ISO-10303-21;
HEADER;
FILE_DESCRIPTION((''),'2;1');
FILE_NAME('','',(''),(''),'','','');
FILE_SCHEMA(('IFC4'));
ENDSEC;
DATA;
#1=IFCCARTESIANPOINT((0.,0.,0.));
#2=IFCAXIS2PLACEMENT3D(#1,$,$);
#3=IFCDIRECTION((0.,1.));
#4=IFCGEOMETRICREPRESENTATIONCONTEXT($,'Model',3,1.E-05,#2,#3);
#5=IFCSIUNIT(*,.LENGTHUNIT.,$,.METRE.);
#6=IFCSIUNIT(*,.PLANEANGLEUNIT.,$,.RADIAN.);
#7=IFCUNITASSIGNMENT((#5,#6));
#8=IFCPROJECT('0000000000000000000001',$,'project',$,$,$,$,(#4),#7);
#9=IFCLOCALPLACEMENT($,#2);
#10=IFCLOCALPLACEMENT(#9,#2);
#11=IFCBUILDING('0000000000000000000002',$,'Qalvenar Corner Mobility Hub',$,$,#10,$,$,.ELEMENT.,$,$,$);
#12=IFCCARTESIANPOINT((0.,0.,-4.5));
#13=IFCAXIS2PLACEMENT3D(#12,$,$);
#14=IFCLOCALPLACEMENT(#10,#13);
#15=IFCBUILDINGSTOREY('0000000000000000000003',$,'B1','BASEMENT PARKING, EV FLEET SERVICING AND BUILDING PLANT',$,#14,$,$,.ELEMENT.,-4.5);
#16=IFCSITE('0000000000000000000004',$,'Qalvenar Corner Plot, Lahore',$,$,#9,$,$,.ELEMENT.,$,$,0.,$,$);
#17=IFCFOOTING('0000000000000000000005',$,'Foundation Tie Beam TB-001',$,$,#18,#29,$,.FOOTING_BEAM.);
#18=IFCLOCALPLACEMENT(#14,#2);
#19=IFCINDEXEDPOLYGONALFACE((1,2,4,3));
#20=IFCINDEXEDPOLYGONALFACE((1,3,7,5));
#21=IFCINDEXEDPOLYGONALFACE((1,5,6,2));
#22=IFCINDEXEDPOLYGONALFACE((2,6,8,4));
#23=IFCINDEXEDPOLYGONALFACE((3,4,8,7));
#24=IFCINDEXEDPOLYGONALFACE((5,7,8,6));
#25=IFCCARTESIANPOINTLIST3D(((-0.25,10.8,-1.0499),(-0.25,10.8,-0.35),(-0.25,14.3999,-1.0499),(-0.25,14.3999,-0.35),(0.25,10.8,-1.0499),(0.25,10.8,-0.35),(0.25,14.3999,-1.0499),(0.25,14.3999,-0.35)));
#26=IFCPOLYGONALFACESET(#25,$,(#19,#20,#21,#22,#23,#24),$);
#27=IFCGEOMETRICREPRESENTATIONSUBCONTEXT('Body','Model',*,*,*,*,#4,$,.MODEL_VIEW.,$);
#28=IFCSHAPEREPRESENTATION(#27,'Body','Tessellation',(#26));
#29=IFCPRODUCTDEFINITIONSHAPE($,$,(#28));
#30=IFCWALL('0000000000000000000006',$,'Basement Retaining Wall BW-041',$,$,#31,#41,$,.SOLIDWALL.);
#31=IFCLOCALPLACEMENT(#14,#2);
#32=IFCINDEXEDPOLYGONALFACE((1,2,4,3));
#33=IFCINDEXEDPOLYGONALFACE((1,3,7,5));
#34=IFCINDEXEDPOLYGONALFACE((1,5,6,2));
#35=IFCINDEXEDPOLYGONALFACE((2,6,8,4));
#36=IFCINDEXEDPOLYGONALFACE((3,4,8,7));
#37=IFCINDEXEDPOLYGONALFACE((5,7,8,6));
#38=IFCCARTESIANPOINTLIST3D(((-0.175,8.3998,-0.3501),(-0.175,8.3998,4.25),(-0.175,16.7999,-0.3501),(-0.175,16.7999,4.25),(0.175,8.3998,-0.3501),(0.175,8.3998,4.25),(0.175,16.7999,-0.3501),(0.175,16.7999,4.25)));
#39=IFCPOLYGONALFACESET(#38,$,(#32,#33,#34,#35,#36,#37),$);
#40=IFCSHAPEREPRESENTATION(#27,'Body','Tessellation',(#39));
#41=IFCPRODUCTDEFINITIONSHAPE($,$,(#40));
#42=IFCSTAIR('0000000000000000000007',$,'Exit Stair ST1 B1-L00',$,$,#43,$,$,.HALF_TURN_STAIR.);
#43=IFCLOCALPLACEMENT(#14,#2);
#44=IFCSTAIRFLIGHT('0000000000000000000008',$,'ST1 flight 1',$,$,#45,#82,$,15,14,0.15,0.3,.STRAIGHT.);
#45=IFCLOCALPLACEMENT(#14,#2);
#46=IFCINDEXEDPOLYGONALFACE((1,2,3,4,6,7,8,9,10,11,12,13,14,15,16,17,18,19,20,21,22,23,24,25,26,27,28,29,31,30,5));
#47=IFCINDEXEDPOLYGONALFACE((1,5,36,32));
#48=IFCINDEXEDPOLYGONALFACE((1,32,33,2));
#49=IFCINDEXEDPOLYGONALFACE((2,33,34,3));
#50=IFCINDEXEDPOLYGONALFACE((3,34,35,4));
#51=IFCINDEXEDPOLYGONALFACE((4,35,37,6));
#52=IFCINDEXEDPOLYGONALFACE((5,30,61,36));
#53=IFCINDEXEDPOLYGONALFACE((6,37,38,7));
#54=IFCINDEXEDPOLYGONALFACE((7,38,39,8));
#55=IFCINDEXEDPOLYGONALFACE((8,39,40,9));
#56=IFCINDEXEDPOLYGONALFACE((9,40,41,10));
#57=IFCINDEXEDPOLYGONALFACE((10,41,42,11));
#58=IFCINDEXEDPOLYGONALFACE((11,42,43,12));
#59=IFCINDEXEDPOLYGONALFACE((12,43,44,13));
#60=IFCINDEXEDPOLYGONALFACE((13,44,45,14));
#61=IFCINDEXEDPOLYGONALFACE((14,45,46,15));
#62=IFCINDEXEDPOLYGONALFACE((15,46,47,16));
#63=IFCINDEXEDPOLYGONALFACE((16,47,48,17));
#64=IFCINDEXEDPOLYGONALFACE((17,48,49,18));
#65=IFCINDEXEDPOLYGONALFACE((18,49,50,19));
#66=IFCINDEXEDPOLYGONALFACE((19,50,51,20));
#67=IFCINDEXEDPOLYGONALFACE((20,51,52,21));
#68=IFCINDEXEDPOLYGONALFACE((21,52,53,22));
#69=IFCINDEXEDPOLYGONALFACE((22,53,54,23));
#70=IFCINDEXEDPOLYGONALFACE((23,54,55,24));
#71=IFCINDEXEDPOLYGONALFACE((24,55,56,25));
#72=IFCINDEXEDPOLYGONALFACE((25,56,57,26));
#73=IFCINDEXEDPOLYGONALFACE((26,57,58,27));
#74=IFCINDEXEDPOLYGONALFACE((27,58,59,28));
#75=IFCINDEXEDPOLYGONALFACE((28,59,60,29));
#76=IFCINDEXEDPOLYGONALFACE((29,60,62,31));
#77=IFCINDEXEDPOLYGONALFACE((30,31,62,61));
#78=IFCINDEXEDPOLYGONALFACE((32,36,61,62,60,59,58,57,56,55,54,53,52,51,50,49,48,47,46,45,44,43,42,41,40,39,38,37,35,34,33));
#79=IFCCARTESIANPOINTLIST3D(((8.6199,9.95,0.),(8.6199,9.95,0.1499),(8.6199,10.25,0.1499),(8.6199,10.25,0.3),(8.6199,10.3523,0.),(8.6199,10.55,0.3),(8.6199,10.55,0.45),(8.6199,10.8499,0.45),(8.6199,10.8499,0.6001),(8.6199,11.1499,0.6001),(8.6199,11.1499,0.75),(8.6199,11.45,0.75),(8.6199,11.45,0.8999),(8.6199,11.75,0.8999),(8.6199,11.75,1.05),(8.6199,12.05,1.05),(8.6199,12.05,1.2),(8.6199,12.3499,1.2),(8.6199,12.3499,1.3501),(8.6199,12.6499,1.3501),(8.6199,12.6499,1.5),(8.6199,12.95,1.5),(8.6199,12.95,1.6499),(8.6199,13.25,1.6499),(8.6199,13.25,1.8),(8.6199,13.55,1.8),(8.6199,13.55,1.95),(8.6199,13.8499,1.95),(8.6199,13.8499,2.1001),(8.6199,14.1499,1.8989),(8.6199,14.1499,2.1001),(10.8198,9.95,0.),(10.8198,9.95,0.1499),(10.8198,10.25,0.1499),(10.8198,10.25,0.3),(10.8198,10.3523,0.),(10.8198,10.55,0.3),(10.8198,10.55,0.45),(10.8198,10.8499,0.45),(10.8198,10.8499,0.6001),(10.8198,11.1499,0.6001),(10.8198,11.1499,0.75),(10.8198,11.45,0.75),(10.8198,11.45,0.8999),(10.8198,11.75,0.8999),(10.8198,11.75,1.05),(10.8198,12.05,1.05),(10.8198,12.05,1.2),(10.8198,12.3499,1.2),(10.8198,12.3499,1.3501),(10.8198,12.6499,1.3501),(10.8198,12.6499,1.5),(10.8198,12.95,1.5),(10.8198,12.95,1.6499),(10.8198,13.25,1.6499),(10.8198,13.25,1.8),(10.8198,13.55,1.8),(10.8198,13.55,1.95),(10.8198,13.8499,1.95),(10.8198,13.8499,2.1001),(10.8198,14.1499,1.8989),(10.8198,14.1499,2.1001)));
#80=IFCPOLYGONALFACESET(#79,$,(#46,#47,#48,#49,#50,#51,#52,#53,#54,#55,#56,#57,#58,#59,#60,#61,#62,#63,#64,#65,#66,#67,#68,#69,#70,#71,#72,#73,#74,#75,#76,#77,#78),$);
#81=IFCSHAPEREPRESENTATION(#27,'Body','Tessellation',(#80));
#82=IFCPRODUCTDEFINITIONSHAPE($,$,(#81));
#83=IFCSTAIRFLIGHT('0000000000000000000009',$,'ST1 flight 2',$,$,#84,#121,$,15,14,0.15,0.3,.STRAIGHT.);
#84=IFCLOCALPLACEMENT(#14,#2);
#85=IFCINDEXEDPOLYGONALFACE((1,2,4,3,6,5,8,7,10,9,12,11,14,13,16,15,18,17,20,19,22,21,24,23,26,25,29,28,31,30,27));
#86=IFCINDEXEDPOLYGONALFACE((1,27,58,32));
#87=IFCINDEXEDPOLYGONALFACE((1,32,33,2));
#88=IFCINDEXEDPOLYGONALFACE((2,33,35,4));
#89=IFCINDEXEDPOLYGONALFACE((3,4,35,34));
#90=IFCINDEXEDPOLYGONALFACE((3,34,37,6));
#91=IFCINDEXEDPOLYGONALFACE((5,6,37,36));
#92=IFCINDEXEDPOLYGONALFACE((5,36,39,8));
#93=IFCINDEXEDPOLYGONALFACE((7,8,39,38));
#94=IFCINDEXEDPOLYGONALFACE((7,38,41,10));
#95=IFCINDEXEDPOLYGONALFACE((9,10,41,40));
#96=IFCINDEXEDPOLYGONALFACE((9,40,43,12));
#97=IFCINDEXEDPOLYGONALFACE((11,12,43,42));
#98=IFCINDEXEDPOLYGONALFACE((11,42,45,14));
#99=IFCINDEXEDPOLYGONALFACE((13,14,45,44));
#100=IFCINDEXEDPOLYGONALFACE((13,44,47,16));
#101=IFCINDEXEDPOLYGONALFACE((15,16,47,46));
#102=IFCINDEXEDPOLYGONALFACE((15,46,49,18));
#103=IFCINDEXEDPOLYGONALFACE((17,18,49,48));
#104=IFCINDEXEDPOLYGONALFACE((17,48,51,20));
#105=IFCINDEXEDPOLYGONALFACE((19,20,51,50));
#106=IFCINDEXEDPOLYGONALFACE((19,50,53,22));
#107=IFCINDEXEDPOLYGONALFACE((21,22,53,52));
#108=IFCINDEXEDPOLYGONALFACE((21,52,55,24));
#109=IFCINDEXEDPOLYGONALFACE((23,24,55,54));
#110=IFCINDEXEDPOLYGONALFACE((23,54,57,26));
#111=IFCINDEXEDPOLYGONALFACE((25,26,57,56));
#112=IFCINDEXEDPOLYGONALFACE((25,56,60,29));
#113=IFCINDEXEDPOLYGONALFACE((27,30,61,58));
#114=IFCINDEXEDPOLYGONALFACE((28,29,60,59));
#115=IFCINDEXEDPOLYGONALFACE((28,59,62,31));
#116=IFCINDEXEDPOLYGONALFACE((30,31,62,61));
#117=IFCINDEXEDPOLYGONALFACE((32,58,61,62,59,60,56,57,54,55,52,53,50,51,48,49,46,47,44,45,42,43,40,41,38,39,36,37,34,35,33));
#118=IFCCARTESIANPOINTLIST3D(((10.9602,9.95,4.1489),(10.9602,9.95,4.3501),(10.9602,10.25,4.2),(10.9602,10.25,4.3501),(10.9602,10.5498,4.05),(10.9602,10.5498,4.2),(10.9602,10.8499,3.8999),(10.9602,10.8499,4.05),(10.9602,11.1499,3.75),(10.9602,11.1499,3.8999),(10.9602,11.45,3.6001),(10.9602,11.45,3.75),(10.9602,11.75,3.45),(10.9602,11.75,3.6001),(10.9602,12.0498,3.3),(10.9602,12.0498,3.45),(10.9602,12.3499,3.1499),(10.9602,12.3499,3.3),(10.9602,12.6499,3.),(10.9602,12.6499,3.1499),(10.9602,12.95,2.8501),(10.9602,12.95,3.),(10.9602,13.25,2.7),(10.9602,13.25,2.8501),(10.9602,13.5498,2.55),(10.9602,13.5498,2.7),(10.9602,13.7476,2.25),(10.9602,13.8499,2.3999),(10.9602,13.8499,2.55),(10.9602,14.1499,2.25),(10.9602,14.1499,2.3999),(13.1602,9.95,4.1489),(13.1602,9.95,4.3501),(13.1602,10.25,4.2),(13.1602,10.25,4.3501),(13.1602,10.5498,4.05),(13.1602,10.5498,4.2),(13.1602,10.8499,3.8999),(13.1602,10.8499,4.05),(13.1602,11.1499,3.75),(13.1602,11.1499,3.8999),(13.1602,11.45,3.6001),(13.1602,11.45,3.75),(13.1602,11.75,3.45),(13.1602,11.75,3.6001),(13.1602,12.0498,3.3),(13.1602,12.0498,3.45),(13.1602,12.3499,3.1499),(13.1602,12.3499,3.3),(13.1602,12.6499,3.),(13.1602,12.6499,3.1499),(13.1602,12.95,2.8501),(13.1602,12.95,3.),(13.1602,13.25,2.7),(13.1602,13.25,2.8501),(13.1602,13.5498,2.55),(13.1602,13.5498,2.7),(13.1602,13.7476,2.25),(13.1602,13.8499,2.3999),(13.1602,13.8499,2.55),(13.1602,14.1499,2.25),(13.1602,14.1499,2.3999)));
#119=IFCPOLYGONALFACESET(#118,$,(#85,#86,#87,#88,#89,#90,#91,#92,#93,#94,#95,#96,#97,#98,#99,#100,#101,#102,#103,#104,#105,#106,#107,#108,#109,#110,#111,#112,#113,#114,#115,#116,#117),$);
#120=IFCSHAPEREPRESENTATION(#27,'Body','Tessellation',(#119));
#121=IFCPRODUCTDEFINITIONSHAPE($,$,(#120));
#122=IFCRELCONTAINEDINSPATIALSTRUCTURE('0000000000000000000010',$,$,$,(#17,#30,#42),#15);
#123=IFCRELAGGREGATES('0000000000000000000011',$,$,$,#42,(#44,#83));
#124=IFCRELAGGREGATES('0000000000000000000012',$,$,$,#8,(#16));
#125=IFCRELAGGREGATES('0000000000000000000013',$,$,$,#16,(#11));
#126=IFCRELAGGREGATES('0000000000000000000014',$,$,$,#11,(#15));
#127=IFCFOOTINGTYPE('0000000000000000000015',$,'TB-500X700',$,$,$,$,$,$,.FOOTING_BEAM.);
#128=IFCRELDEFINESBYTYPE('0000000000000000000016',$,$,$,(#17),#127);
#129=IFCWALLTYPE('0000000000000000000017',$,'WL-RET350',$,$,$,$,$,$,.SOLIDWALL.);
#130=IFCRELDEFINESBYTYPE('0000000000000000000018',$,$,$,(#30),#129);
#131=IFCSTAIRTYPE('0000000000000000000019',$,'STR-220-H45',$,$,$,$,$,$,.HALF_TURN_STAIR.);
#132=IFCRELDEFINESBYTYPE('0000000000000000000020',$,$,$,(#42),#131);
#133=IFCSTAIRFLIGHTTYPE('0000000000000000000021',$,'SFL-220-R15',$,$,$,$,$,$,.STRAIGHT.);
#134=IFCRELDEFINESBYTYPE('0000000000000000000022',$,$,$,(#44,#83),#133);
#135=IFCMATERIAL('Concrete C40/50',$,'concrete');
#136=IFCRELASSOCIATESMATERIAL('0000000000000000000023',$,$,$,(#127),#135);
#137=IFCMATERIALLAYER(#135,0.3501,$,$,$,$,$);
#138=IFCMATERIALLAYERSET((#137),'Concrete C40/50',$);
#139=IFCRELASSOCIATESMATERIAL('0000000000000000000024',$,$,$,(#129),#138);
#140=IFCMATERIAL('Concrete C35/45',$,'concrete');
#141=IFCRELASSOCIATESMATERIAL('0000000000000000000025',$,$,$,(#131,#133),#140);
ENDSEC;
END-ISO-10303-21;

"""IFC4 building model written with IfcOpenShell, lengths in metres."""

from ifc_helpers import new_model, si_unit, direction, frame, frame_2d, origin, origin_2d, place, context, subcontext, project, spatial, polyline, rectangle, outline, extrude, material, layer, layer_set, material_profile, profile_set, type_object, element, aggregate, save


model = new_model("IFC4")

# Units and contexts
model_context = context("Model", 3, precision=1e-05, world=origin(), true_north=direction((0.0, 1.0)))
body_context = subcontext(model_context, "Body", "Model", "MODEL_VIEW")
ifc_project = project(units=[si_unit("LENGTHUNIT", "METRE"), si_unit("PLANEANGLEUNIT", "RADIAN")], contexts=[model_context])

# Site, building, storey
site_placement = place(None, origin())
site = spatial("IfcSite", under=ifc_project, at=site_placement, Name="Qalvenar Corner Plot, Lahore", CompositionType="ELEMENT", RefElevation=0.0)
building_placement = place(site_placement, origin())
building = spatial("IfcBuilding", under=site, at=building_placement, Name="Qalvenar Corner Mobility Hub", CompositionType="ELEMENT")
storey_placement = place(building_placement, frame((0.0, 0.0, -4.5)))
storey = spatial("IfcBuildingStorey", under=building, at=storey_placement, Name="B1", Description="BASEMENT PARKING, EV FLEET SERVICING AND BUILDING PLANT", CompositionType="ELEMENT", Elevation=-4.5)

# Shared definitions
ifc_material_1 = material(Name="Concrete C40/50", Category="concrete")

# Footing
ifc_material_profile_1 = material_profile(ifc_material_1, rectangle(XDim=0.5, YDim=0.7, at=origin_2d()), Name="RC500x700")
ifc_profile_set_1 = profile_set([ifc_material_profile_1], Name="Concrete C40/50")
footing_type_1 = type_object("IfcFootingType", Name="TB-500X700", PredefinedType="FOOTING_BEAM", material=ifc_profile_set_1)
footing_1_placement = place(storey_placement, frame((0.0, 10.8, -0.7), z_axis=(0.0, 1.0, 0.0), x_axis=(-1.0, 0.0, 0.0)))
element("IfcFooting", 1, at=footing_1_placement, inside=storey, type_object=footing_type_1, Name="Foundation Tie Beam TB-001", PredefinedType="FOOTING_BEAM", context=body_context, shape_type="SweptSolid", body=[
    extrude(rectangle(XDim=0.5, YDim=0.7, at=origin_2d()), origin(), (0.0, 0.0, 1.0), 3.5999),
])

# Wall
ifc_layer = layer(ifc_material_1, 0.3501)
ifc_layer_set = layer_set([ifc_layer], Name="Concrete C40/50")
wall_type = type_object("IfcWallType", Name="WL-RET350", PredefinedType="SOLIDWALL", material=ifc_layer_set)
wall_placement = place(storey_placement, frame((0.0, 16.8, -0.3501), z_axis=(0.0, 0.0, 1.0), x_axis=(0.0, -1.0, 0.0)))
element("IfcWall", 2, at=wall_placement, inside=storey, type_object=wall_type, Name="Basement Retaining Wall BW-041", PredefinedType="SOLIDWALL", context=body_context, shape_type="SweptSolid", body=[
    extrude(rectangle(XDim=8.4001, YDim=0.3501, at=frame_2d((4.2002, 0.0))), origin(), (0.0, 0.0, 1.0), 4.6001),
])

# Stair, stair flights
ifc_material_2 = material(Name="Concrete C35/45", Category="concrete")
stair_type = type_object("IfcStairType", Name="STR-220-H45", PredefinedType="HALF_TURN_STAIR", material=ifc_material_2)
stair_placement = place(storey_placement, origin())
stair = element("IfcStair", 3, at=stair_placement, inside=storey, type_object=stair_type, Name="Exit Stair ST1 B1-L00", PredefinedType="HALF_TURN_STAIR")
stair_flight_type = type_object("IfcStairFlightType", Name="SFL-220-R15", PredefinedType="STRAIGHT", material=ifc_material_2)
stair_flight_1_placement = place(storey_placement, frame((9.72, 9.95, 0.0), z_axis=(0.0, 0.0, 1.0), x_axis=(0.0, 1.0, 0.0)))
stair_flight_1 = element("IfcStairFlight", 4, at=stair_flight_1_placement, type_object=stair_flight_type, Name="ST1 flight 1", NumberOfRisers=15, NumberOfTreads=14, PredefinedType="STRAIGHT", RiserHeight=0.15, TreadLength=0.3, context=body_context, shape_type="SweptSolid", body=[
    extrude(outline(polyline([(0.0, 0.0), (0.0, 0.1499), (0.3, 0.1499), (0.3, 0.3), (0.6001, 0.3), (0.6001, 0.45), (0.8999, 0.45), (0.8999, 0.6001), (1.2, 0.6001), (1.2, 0.75), (1.5, 0.75), (1.5, 0.8999), (1.8, 0.8999), (1.8, 1.05), (2.1001, 1.05), (2.1001, 1.2), (2.3999, 1.2), (2.3999, 1.3501), (2.7, 1.3501), (2.7, 1.5), (3.0, 1.5), (3.0, 1.6499), (3.3, 1.6499), (3.3, 1.8), (3.6001, 1.8), (3.6001, 1.95), (3.8999, 1.95), (3.8999, 2.1001), (4.2, 2.1001), (4.2, 2.25), (4.2, 1.8989), (0.4023, 0.0), (0.0, 0.0)])), frame((0.0, 1.1001, 0.0), z_axis=(0.0, -1.0, 0.0), x_axis=(1.0, 0.0, 0.0)), (0.0, 0.0, 1.0), 2.2),
])
stair_flight_2_placement = place(storey_placement, frame((12.0601, 14.1499, 2.25), z_axis=(0.0, 0.0, 1.0), x_axis=(0.0, -1.0, 0.0)))
stair_flight_2 = element("IfcStairFlight", 5, at=stair_flight_2_placement, type_object=stair_flight_type, Name="ST1 flight 2", NumberOfRisers=15, NumberOfTreads=14, PredefinedType="STRAIGHT", RiserHeight=0.15, TreadLength=0.3, context=body_context, shape_type="SweptSolid", body=[
    extrude(outline(polyline([(0.0, 0.0), (0.0, 0.1499), (0.3, 0.1499), (0.3, 0.3), (0.6001, 0.3), (0.6001, 0.45), (0.8999, 0.45), (0.8999, 0.6001), (1.2, 0.6001), (1.2, 0.75), (1.5, 0.75), (1.5, 0.8999), (1.8, 0.8999), (1.8, 1.05), (2.1001, 1.05), (2.1001, 1.2), (2.3999, 1.2), (2.3999, 1.3501), (2.7, 1.3501), (2.7, 1.5), (3.0, 1.5), (3.0, 1.6499), (3.3, 1.6499), (3.3, 1.8), (3.6001, 1.8), (3.6001, 1.95), (3.8999, 1.95), (3.8999, 2.1001), (4.2, 2.1001), (4.2, 2.25), (4.2, 1.8989), (0.4023, 0.0), (0.0, 0.0)])), frame((0.0, 1.1001, 0.0), z_axis=(0.0, -1.0, 0.0), x_axis=(1.0, 0.0, 0.0)), (0.0, 0.0, 1.0), 2.2),
])
aggregate(stair, [stair_flight_1, stair_flight_2])

save(model, "model.ifc")
